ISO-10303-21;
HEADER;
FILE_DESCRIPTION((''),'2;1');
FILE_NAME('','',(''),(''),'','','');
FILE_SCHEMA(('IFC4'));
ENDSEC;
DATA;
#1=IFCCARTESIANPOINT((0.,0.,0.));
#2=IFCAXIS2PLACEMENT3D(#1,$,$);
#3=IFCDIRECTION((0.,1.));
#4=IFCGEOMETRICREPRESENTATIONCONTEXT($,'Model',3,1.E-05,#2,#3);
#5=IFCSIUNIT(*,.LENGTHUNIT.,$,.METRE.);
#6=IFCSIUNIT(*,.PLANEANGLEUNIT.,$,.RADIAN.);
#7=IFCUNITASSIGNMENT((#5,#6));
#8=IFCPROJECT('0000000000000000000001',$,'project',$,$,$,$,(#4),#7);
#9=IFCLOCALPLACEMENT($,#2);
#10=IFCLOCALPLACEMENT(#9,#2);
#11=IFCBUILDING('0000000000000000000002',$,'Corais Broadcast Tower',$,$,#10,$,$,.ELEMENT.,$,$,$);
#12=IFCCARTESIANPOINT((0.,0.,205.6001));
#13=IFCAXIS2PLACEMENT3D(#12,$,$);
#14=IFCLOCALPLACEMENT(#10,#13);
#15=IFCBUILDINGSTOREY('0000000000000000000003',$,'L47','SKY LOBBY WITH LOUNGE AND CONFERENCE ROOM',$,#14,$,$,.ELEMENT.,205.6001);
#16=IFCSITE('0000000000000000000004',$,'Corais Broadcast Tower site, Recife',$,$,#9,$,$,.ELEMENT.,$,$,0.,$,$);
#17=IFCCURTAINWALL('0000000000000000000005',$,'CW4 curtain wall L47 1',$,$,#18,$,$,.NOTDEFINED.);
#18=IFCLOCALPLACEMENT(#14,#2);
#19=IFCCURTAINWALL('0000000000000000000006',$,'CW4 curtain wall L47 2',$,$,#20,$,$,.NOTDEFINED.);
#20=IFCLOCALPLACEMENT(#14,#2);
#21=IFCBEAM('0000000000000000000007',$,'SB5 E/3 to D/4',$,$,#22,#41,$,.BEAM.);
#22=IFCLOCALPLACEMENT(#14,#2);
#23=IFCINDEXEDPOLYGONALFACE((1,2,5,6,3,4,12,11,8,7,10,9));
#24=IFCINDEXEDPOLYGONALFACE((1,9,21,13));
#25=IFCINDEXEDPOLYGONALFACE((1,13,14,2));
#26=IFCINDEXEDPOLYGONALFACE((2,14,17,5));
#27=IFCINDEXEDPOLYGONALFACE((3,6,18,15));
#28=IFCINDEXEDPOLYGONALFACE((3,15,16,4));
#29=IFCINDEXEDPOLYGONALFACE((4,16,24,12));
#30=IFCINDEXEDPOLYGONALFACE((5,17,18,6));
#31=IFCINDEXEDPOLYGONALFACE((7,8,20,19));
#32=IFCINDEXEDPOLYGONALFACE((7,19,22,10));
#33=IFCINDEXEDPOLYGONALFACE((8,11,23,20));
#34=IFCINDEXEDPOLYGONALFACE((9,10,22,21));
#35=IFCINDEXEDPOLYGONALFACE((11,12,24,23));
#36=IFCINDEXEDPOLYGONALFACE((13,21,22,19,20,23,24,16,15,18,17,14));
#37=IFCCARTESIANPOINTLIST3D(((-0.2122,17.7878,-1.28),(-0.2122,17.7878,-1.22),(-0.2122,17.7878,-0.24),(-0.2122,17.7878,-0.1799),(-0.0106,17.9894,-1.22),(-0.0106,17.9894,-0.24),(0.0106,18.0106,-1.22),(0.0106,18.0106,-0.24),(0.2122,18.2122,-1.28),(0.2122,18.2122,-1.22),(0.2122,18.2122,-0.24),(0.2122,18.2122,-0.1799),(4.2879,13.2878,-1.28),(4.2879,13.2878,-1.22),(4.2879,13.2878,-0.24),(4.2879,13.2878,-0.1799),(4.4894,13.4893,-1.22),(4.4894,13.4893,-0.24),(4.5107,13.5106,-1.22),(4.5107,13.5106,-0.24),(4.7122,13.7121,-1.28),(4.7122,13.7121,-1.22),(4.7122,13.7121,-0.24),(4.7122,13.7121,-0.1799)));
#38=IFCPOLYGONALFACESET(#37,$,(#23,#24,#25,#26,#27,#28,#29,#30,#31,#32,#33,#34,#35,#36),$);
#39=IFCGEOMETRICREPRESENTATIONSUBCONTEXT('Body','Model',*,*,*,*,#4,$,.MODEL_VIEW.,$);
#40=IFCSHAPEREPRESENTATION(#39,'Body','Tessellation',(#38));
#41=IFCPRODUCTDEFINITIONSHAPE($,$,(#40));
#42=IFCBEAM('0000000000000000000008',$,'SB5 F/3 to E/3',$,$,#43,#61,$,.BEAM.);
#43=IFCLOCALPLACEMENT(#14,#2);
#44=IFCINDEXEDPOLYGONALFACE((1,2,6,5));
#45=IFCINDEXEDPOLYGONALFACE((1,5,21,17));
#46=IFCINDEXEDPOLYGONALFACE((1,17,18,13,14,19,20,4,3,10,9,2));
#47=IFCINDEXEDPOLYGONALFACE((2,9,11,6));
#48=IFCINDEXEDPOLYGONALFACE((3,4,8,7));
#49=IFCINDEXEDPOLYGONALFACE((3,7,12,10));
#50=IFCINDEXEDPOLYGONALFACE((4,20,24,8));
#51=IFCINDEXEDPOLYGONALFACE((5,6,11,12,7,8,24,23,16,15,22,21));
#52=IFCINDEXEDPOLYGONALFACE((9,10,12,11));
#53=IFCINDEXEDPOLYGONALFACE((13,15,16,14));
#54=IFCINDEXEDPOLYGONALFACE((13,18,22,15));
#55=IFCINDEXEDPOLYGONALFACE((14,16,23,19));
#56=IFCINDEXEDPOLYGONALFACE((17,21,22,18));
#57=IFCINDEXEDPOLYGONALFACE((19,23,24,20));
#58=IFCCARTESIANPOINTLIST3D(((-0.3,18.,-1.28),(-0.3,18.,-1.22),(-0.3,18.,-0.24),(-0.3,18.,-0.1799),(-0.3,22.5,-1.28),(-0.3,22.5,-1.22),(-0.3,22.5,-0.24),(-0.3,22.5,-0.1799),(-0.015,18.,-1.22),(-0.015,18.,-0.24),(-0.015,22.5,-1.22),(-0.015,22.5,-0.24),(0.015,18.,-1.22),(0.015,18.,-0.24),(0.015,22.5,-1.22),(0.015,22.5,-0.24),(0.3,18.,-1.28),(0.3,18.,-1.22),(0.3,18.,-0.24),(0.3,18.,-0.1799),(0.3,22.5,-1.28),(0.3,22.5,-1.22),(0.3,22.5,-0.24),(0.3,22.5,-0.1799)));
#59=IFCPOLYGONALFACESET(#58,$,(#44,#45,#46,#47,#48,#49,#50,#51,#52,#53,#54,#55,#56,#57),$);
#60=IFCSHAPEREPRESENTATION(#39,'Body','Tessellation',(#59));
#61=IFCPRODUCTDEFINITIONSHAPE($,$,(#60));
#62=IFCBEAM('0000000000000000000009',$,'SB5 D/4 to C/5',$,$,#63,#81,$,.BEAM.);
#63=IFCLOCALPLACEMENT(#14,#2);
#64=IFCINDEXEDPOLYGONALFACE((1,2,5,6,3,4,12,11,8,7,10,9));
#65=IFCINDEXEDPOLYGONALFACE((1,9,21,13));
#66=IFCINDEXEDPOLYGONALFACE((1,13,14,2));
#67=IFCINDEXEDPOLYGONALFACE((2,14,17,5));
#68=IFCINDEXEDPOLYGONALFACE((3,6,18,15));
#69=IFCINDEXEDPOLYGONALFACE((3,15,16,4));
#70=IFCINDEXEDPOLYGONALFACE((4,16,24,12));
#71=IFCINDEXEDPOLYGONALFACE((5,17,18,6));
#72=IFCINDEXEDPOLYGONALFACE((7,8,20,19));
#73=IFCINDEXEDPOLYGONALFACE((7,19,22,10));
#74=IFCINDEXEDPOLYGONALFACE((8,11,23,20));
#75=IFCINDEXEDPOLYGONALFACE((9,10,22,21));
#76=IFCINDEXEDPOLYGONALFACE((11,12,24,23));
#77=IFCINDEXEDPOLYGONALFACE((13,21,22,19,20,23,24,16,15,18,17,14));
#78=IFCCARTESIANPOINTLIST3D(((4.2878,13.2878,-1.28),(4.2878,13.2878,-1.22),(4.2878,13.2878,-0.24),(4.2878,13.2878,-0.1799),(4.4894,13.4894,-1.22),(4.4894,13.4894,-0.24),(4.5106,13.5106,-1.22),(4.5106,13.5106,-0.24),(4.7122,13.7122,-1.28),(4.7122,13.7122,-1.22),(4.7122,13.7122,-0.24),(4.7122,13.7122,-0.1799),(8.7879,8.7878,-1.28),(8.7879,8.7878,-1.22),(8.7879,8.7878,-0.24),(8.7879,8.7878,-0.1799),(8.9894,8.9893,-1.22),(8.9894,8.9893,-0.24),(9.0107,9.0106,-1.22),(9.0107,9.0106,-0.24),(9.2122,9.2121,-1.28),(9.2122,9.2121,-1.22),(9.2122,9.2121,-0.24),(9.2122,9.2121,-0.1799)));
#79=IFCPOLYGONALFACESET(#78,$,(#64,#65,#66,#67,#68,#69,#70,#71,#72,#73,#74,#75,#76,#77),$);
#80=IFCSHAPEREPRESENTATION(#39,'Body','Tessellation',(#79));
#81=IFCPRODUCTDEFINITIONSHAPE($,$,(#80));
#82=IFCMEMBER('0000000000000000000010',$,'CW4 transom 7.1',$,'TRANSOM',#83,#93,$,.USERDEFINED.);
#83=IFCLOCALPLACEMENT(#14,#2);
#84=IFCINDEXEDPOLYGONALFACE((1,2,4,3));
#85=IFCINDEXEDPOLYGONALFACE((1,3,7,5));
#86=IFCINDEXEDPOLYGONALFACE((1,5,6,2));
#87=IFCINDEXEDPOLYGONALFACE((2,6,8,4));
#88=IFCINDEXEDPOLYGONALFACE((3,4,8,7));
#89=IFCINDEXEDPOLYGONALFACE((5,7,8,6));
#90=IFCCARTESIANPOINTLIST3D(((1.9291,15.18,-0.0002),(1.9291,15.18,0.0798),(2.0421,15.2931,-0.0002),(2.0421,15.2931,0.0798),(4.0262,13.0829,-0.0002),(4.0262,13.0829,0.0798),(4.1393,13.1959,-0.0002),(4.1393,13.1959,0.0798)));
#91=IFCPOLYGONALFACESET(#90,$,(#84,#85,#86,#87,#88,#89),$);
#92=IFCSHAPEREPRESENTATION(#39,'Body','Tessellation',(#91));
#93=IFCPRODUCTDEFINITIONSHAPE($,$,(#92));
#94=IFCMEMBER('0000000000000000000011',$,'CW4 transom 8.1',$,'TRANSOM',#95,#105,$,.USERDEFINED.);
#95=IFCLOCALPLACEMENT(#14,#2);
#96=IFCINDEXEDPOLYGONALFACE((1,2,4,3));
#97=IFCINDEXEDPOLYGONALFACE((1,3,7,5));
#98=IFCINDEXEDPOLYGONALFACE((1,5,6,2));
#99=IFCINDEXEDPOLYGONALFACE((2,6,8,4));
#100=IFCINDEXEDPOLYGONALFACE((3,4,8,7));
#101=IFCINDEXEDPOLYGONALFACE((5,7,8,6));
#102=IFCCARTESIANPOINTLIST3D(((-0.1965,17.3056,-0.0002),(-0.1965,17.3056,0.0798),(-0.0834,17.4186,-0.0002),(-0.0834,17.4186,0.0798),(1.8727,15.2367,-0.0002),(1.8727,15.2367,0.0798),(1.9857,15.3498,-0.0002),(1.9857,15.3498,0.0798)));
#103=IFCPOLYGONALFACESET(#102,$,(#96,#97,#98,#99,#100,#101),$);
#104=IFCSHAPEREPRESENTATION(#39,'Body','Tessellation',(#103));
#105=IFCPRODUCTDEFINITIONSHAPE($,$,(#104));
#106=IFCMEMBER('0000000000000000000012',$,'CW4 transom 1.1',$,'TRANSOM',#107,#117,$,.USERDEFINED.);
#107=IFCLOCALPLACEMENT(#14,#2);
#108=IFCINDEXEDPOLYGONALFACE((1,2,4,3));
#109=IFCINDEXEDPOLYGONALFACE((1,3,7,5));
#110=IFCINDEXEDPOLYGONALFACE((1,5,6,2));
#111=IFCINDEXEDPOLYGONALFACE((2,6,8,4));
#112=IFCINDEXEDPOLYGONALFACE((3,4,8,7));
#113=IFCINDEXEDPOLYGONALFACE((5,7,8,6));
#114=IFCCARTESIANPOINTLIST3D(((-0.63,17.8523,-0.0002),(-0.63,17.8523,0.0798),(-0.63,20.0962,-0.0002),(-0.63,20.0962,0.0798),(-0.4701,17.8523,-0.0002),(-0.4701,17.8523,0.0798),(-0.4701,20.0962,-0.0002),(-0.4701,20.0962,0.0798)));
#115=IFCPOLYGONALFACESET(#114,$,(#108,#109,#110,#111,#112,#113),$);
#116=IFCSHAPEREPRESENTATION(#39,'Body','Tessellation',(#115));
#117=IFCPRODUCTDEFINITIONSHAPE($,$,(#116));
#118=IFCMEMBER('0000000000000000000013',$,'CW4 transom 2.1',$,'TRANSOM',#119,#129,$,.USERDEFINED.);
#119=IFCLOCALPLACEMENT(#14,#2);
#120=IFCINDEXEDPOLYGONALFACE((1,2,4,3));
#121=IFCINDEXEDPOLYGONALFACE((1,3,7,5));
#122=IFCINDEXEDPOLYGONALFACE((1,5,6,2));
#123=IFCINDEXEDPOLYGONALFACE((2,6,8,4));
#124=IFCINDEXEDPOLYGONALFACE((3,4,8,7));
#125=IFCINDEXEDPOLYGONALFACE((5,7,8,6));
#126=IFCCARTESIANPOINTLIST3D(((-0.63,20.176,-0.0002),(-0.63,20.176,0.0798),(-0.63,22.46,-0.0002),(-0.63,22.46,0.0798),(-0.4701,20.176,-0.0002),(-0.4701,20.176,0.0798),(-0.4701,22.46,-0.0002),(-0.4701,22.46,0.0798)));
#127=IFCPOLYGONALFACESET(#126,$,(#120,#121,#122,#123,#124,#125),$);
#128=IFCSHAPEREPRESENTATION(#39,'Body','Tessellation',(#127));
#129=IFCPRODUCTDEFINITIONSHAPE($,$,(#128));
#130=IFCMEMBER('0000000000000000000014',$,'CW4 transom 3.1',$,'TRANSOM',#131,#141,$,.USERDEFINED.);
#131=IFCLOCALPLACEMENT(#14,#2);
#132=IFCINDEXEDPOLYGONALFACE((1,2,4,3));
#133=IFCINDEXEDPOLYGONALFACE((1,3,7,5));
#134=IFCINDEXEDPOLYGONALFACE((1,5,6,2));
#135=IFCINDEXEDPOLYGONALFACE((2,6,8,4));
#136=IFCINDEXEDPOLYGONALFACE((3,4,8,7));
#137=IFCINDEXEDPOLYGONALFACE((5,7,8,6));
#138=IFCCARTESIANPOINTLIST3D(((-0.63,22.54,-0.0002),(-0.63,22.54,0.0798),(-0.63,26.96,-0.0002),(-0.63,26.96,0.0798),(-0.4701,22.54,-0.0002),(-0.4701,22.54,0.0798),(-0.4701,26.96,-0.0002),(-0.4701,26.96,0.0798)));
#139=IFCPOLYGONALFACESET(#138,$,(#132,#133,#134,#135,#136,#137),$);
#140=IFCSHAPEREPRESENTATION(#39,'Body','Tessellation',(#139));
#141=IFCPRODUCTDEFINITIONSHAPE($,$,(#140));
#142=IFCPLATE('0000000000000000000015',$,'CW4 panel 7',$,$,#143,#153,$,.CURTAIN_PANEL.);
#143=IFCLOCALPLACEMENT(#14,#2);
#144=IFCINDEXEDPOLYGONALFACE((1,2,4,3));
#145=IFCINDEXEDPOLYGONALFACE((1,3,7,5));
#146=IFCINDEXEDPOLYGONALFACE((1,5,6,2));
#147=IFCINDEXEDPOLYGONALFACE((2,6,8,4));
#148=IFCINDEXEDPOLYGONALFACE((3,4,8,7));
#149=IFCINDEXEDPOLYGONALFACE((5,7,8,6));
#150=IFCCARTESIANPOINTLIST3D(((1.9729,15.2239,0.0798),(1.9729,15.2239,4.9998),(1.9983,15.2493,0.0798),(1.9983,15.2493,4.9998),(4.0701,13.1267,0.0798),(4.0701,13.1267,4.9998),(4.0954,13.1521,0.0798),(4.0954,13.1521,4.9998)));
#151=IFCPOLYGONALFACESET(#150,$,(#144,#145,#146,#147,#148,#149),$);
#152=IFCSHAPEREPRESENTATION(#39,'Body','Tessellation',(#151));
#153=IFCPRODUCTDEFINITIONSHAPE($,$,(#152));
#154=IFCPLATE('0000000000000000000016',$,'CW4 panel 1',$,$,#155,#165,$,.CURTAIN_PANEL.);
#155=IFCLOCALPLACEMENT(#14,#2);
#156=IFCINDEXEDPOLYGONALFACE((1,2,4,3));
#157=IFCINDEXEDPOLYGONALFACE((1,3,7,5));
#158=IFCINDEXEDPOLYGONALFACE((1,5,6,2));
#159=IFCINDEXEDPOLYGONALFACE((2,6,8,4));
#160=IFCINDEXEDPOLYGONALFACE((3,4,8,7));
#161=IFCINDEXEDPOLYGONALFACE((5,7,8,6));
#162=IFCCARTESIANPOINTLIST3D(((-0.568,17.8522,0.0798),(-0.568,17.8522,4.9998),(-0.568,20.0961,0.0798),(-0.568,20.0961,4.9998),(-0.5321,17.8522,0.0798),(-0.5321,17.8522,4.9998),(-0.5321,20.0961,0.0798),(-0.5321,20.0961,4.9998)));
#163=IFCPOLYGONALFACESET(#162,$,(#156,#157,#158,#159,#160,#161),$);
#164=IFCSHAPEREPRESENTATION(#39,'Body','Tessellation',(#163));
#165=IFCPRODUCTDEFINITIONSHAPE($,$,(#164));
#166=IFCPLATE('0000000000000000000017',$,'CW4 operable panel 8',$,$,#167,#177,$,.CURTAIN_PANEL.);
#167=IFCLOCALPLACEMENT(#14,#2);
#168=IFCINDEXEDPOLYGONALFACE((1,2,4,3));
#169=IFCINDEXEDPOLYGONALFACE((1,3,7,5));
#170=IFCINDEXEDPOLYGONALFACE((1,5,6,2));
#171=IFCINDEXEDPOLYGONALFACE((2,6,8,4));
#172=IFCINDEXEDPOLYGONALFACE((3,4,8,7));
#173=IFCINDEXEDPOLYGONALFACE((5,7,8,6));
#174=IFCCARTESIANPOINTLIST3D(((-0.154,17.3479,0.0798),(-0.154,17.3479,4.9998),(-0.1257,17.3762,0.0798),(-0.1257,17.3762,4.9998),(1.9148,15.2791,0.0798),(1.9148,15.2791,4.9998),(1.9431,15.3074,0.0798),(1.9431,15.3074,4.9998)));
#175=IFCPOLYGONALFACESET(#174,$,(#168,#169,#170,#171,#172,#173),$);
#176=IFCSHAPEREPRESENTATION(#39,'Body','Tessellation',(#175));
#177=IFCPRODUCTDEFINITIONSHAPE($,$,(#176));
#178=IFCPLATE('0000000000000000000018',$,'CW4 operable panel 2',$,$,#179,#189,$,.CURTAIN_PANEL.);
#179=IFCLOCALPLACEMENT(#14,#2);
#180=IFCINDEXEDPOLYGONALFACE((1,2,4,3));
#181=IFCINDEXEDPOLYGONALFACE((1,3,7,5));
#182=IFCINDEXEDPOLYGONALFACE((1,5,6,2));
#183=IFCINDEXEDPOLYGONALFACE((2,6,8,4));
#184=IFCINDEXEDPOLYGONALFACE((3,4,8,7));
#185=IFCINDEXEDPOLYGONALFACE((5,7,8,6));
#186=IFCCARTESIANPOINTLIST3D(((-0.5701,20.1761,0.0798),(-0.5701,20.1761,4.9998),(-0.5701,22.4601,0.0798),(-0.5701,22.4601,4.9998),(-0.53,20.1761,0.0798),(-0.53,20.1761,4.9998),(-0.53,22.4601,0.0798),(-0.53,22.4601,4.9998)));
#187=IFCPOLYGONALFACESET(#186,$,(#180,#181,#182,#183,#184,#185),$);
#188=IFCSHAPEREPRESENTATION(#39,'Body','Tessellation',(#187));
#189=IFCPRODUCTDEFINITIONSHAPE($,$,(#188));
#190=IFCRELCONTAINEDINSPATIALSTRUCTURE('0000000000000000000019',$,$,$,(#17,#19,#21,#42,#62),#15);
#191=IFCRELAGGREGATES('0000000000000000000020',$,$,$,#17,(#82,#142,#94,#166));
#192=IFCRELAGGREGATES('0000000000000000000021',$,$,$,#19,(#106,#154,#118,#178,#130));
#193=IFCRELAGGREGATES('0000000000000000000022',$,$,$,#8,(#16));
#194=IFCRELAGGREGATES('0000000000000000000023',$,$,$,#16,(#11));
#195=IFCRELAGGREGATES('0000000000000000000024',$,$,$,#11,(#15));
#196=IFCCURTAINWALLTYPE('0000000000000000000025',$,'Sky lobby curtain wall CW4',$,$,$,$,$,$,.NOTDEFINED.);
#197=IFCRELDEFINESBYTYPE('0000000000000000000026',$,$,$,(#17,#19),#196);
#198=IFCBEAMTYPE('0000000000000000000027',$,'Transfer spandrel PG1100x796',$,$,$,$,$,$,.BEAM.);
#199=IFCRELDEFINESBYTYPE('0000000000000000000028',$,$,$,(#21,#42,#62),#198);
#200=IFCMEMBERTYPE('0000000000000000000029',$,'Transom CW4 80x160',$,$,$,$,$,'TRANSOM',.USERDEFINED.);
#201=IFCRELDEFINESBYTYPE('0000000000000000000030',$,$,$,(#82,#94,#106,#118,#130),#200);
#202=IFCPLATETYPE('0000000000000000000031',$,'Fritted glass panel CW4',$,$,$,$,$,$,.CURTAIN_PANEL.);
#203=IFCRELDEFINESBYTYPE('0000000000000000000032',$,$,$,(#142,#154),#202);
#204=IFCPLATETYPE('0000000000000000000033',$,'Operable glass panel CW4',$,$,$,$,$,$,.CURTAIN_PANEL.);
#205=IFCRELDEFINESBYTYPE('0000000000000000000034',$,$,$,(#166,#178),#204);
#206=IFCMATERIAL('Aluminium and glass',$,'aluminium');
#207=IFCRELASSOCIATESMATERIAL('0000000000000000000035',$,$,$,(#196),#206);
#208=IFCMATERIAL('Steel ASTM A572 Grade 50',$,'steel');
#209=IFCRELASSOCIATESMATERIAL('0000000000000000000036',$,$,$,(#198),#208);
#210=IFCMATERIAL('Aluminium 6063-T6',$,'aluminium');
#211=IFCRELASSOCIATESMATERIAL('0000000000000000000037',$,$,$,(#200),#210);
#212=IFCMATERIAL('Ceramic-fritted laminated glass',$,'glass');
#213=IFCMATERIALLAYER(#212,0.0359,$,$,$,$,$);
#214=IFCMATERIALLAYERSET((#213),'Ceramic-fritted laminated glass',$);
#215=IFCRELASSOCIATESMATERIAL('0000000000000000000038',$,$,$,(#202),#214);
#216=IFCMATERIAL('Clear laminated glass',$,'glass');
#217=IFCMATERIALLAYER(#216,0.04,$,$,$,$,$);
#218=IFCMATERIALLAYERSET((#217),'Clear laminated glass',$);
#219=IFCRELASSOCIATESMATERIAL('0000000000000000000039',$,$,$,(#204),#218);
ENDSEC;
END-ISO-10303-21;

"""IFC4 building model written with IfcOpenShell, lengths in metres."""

from ifc_helpers import new_model, si_unit, direction, frame, origin, origin_2d, place, context, subcontext, project, spatial, rectangle, i_section, extrude, material, layer, layer_set, material_profile, profile_set, type_object, element, aggregate, save


model = new_model("IFC4")

# Units and contexts
model_context = context("Model", 3, precision=1e-05, world=origin(), true_north=direction((0.0, 1.0)))
body_context = subcontext(model_context, "Body", "Model", "MODEL_VIEW")
ifc_project = project(units=[si_unit("LENGTHUNIT", "METRE"), si_unit("PLANEANGLEUNIT", "RADIAN")], contexts=[model_context])

# Site, building, storey
site_placement = place(None, origin())
site = spatial("IfcSite", under=ifc_project, at=site_placement, Name="Corais Broadcast Tower site, Recife", CompositionType="ELEMENT", RefElevation=0.0)
building_placement = place(site_placement, origin())
building = spatial("IfcBuilding", under=site, at=building_placement, Name="Corais Broadcast Tower", CompositionType="ELEMENT")
storey_placement = place(building_placement, frame((0.0, 0.0, 205.6001)))
storey = spatial("IfcBuildingStorey", under=building, at=storey_placement, Name="L47", Description="SKY LOBBY WITH LOUNGE AND CONFERENCE ROOM", CompositionType="ELEMENT", Elevation=205.6001)

# Curtain walls
ifc_material_1 = material(Name="Aluminium and glass", Category="aluminium")
curtain_wall_type = type_object("IfcCurtainWallType", Name="Sky lobby curtain wall CW4", PredefinedType="NOTDEFINED", material=ifc_material_1)
curtain_wall_1_placement = place(storey_placement, origin())
curtain_wall_1 = element("IfcCurtainWall", 1, at=curtain_wall_1_placement, inside=storey, type_object=curtain_wall_type, Name="CW4 curtain wall L47 1", PredefinedType="NOTDEFINED")
curtain_wall_2_placement = place(storey_placement, origin())
curtain_wall_2 = element("IfcCurtainWall", 2, at=curtain_wall_2_placement, inside=storey, type_object=curtain_wall_type, Name="CW4 curtain wall L47 2", PredefinedType="NOTDEFINED")

# Beams
ifc_material_2 = material(Name="Steel ASTM A572 Grade 50", Category="steel")
ifc_material_profile_1 = material_profile(ifc_material_2, i_section(OverallWidth=0.6001, OverallDepth=1.1001, WebThickness=0.03, FlangeThickness=0.0601, at=origin_2d()), Name="PG1100x796")
ifc_profile_set_1 = profile_set([ifc_material_profile_1], Name="Steel ASTM A572 Grade 50")
beam_type_1 = type_object("IfcBeamType", Name="Transfer spandrel PG1100x796", PredefinedType="BEAM", material=ifc_profile_set_1)
beam_1_placement = place(storey_placement, frame((0.0, 18.0, -0.73), z_axis=(0.707107, -0.707107, 0.0), x_axis=(0.707107, 0.707107, 0.0)))
element("IfcBeam", 3, at=beam_1_placement, inside=storey, type_object=beam_type_1, Name="SB5 E/3 to D/4", PredefinedType="BEAM", context=body_context, shape_type="SweptSolid", body=[
    extrude(i_section(OverallWidth=0.6001, OverallDepth=1.1001, WebThickness=0.03, FlangeThickness=0.0601, at=origin_2d()), origin(), (0.0, 0.0, 1.0), 6.364),
])
beam_2_placement = place(storey_placement, frame((0.0, 22.5, -0.73), z_axis=(0.0, -1.0, 0.0), x_axis=(1.0, 0.0, 0.0)))
element("IfcBeam", 4, at=beam_2_placement, inside=storey, type_object=beam_type_1, Name="SB5 F/3 to E/3", PredefinedType="BEAM", context=body_context, shape_type="SweptSolid", body=[
    extrude(i_section(OverallWidth=0.6001, OverallDepth=1.1001, WebThickness=0.03, FlangeThickness=0.0601, at=origin_2d()), origin(), (0.0, 0.0, 1.0), 4.5),
])
beam_3_placement = place(storey_placement, frame((4.5, 13.5, -0.73), z_axis=(0.707107, -0.707107, 0.0), x_axis=(0.707107, 0.707107, 0.0)))
element("IfcBeam", 5, at=beam_3_placement, inside=storey, type_object=beam_type_1, Name="SB5 D/4 to C/5", PredefinedType="BEAM", context=body_context, shape_type="SweptSolid", body=[
    extrude(i_section(OverallWidth=0.6001, OverallDepth=1.1001, WebThickness=0.03, FlangeThickness=0.0601, at=origin_2d()), origin(), (0.0, 0.0, 1.0), 6.364),
])

# Members
ifc_material_3 = material(Name="Aluminium 6063-T6", Category="aluminium")
ifc_material_profile_2 = material_profile(ifc_material_3, rectangle(XDim=0.1599, YDim=0.0801, at=origin_2d()), Name="Transom CW4 80x160")
ifc_profile_set_2 = profile_set([ifc_material_profile_2], Name="Aluminium 6063-T6")
member_type_1 = type_object("IfcMemberType", Name="Transom CW4 80x160", ElementType="TRANSOM", PredefinedType="USERDEFINED", material=ifc_profile_set_2)
member_1_placement = place(storey_placement, frame((4.0828, 13.1394, 0.0398), z_axis=(-0.707107, 0.707107, 0.0), x_axis=(-0.707107, -0.707107, 0.0)))
member_1 = element("IfcMember", 6, at=member_1_placement, type_object=member_type_1, Name="CW4 transom 7.1", ObjectType="TRANSOM", PredefinedType="USERDEFINED", context=body_context, shape_type="SweptSolid", body=[
    extrude(rectangle(XDim=0.1599, YDim=0.0801, at=origin_2d()), origin(), (0.0, 0.0, 1.0), 2.9658),
])
member_2_placement = place(storey_placement, frame((1.9292, 15.2932, 0.0398), z_axis=(-0.707148, 0.707065, 0.0), x_axis=(-0.707065, -0.707148, 0.0)))
member_2 = element("IfcMember", 7, at=member_2_placement, type_object=member_type_1, Name="CW4 transom 8.1", ObjectType="TRANSOM", PredefinedType="USERDEFINED", context=body_context, shape_type="SweptSolid", body=[
    extrude(rectangle(XDim=0.1599, YDim=0.0801, at=origin_2d()), origin(), (0.0, 0.0, 1.0), 2.926),
])
member_3_placement = place(storey_placement, frame((-0.55, 17.8523, 0.0398), z_axis=(0.0, 1.0, 0.0), x_axis=(-1.0, 0.0, 0.0)))
member_3 = element("IfcMember", 8, at=member_3_placement, type_object=member_type_1, Name="CW4 transom 1.1", ObjectType="TRANSOM", PredefinedType="USERDEFINED", context=body_context, shape_type="SweptSolid", body=[
    extrude(rectangle(XDim=0.1599, YDim=0.0801, at=origin_2d()), origin(), (0.0, 0.0, 1.0), 2.2439),
])
member_4_placement = place(storey_placement, frame((-0.55, 20.176, 0.0398), z_axis=(0.0, 1.0, 0.0), x_axis=(-1.0, 0.0, 0.0)))
member_4 = element("IfcMember", 9, at=member_4_placement, type_object=member_type_1, Name="CW4 transom 2.1", ObjectType="TRANSOM", PredefinedType="USERDEFINED", context=body_context, shape_type="SweptSolid", body=[
    extrude(rectangle(XDim=0.1599, YDim=0.0801, at=origin_2d()), origin(), (0.0, 0.0, 1.0), 2.2839),
])
member_5_placement = place(storey_placement, frame((-0.55, 22.54, 0.0398), z_axis=(0.0, 1.0, 0.0), x_axis=(-1.0, 0.0, 0.0)))
member_5 = element("IfcMember", 10, at=member_5_placement, type_object=member_type_1, Name="CW4 transom 3.1", ObjectType="TRANSOM", PredefinedType="USERDEFINED", context=body_context, shape_type="SweptSolid", body=[
    extrude(rectangle(XDim=0.1599, YDim=0.0801, at=origin_2d()), origin(), (0.0, 0.0, 1.0), 4.4199),
])

# Plates
ifc_material_4 = material(Name="Ceramic-fritted laminated glass", Category="glass")
ifc_layer_1 = layer(ifc_material_4, 0.0359)
ifc_layer_set_1 = layer_set([ifc_layer_1], Name="Ceramic-fritted laminated glass")
plate_type_1 = type_object("IfcPlateType", Name="Fritted glass panel CW4", PredefinedType="CURTAIN_PANEL", material=ifc_layer_set_1)
plate_1_placement = place(storey_placement, frame((3.0342, 14.188, 0.0798), z_axis=(0.0, 0.0, 1.0), x_axis=(-0.707107, 0.707107, 0.0)))
plate_1 = element("IfcPlate", 11, at=plate_1_placement, type_object=plate_type_1, Name="CW4 panel 7", PredefinedType="CURTAIN_PANEL", context=body_context, shape_type="SweptSolid", body=[
    extrude(rectangle(XDim=2.9658, YDim=0.0359, at=origin_2d()), origin(), (0.0, 0.0, 1.0), 4.9199),
])
plate_2_placement = place(storey_placement, frame((-0.55, 18.9741, 0.0798), z_axis=(0.0, 0.0, 1.0), x_axis=(0.0, 1.0, 0.0)))
plate_2 = element("IfcPlate", 12, at=plate_2_placement, type_object=plate_type_1, Name="CW4 panel 1", PredefinedType="CURTAIN_PANEL", context=body_context, shape_type="SweptSolid", body=[
    extrude(rectangle(XDim=2.2439, YDim=0.0359, at=origin_2d()), origin(), (0.0, 0.0, 1.0), 4.9199),
])
ifc_material_5 = material(Name="Clear laminated glass", Category="glass")
ifc_layer_2 = layer(ifc_material_5, 0.04)
ifc_layer_set_2 = layer_set([ifc_layer_2], Name="Clear laminated glass")
plate_type_2 = type_object("IfcPlateType", Name="Operable glass panel CW4", PredefinedType="CURTAIN_PANEL", material=ifc_layer_set_2)
plate_3_placement = place(storey_placement, frame((0.8945, 16.3276, 0.0798), z_axis=(0.0, 0.0, 1.0), x_axis=(-0.707107, 0.707107, 0.0)))
plate_3 = element("IfcPlate", 13, at=plate_3_placement, type_object=plate_type_2, Name="CW4 operable panel 8", PredefinedType="CURTAIN_PANEL", context=body_context, shape_type="SweptSolid", body=[
    extrude(rectangle(XDim=2.9258, YDim=0.04, at=origin_2d()), origin(), (0.0, 0.0, 1.0), 4.9199),
])
aggregate(curtain_wall_1, [member_1, plate_1, member_2, plate_3])
plate_4_placement = place(storey_placement, frame((-0.55, 21.3181, 0.0798), z_axis=(0.0, 0.0, 1.0), x_axis=(0.0, 1.0, 0.0)))
plate_4 = element("IfcPlate", 14, at=plate_4_placement, type_object=plate_type_2, Name="CW4 operable panel 2", PredefinedType="CURTAIN_PANEL", context=body_context, shape_type="SweptSolid", body=[
    extrude(rectangle(XDim=2.2839, YDim=0.04, at=origin_2d()), origin(), (0.0, 0.0, 1.0), 4.9199),
])
aggregate(curtain_wall_2, [member_3, plate_2, member_4, plate_4, member_5])

save(model, "model.ifc")
